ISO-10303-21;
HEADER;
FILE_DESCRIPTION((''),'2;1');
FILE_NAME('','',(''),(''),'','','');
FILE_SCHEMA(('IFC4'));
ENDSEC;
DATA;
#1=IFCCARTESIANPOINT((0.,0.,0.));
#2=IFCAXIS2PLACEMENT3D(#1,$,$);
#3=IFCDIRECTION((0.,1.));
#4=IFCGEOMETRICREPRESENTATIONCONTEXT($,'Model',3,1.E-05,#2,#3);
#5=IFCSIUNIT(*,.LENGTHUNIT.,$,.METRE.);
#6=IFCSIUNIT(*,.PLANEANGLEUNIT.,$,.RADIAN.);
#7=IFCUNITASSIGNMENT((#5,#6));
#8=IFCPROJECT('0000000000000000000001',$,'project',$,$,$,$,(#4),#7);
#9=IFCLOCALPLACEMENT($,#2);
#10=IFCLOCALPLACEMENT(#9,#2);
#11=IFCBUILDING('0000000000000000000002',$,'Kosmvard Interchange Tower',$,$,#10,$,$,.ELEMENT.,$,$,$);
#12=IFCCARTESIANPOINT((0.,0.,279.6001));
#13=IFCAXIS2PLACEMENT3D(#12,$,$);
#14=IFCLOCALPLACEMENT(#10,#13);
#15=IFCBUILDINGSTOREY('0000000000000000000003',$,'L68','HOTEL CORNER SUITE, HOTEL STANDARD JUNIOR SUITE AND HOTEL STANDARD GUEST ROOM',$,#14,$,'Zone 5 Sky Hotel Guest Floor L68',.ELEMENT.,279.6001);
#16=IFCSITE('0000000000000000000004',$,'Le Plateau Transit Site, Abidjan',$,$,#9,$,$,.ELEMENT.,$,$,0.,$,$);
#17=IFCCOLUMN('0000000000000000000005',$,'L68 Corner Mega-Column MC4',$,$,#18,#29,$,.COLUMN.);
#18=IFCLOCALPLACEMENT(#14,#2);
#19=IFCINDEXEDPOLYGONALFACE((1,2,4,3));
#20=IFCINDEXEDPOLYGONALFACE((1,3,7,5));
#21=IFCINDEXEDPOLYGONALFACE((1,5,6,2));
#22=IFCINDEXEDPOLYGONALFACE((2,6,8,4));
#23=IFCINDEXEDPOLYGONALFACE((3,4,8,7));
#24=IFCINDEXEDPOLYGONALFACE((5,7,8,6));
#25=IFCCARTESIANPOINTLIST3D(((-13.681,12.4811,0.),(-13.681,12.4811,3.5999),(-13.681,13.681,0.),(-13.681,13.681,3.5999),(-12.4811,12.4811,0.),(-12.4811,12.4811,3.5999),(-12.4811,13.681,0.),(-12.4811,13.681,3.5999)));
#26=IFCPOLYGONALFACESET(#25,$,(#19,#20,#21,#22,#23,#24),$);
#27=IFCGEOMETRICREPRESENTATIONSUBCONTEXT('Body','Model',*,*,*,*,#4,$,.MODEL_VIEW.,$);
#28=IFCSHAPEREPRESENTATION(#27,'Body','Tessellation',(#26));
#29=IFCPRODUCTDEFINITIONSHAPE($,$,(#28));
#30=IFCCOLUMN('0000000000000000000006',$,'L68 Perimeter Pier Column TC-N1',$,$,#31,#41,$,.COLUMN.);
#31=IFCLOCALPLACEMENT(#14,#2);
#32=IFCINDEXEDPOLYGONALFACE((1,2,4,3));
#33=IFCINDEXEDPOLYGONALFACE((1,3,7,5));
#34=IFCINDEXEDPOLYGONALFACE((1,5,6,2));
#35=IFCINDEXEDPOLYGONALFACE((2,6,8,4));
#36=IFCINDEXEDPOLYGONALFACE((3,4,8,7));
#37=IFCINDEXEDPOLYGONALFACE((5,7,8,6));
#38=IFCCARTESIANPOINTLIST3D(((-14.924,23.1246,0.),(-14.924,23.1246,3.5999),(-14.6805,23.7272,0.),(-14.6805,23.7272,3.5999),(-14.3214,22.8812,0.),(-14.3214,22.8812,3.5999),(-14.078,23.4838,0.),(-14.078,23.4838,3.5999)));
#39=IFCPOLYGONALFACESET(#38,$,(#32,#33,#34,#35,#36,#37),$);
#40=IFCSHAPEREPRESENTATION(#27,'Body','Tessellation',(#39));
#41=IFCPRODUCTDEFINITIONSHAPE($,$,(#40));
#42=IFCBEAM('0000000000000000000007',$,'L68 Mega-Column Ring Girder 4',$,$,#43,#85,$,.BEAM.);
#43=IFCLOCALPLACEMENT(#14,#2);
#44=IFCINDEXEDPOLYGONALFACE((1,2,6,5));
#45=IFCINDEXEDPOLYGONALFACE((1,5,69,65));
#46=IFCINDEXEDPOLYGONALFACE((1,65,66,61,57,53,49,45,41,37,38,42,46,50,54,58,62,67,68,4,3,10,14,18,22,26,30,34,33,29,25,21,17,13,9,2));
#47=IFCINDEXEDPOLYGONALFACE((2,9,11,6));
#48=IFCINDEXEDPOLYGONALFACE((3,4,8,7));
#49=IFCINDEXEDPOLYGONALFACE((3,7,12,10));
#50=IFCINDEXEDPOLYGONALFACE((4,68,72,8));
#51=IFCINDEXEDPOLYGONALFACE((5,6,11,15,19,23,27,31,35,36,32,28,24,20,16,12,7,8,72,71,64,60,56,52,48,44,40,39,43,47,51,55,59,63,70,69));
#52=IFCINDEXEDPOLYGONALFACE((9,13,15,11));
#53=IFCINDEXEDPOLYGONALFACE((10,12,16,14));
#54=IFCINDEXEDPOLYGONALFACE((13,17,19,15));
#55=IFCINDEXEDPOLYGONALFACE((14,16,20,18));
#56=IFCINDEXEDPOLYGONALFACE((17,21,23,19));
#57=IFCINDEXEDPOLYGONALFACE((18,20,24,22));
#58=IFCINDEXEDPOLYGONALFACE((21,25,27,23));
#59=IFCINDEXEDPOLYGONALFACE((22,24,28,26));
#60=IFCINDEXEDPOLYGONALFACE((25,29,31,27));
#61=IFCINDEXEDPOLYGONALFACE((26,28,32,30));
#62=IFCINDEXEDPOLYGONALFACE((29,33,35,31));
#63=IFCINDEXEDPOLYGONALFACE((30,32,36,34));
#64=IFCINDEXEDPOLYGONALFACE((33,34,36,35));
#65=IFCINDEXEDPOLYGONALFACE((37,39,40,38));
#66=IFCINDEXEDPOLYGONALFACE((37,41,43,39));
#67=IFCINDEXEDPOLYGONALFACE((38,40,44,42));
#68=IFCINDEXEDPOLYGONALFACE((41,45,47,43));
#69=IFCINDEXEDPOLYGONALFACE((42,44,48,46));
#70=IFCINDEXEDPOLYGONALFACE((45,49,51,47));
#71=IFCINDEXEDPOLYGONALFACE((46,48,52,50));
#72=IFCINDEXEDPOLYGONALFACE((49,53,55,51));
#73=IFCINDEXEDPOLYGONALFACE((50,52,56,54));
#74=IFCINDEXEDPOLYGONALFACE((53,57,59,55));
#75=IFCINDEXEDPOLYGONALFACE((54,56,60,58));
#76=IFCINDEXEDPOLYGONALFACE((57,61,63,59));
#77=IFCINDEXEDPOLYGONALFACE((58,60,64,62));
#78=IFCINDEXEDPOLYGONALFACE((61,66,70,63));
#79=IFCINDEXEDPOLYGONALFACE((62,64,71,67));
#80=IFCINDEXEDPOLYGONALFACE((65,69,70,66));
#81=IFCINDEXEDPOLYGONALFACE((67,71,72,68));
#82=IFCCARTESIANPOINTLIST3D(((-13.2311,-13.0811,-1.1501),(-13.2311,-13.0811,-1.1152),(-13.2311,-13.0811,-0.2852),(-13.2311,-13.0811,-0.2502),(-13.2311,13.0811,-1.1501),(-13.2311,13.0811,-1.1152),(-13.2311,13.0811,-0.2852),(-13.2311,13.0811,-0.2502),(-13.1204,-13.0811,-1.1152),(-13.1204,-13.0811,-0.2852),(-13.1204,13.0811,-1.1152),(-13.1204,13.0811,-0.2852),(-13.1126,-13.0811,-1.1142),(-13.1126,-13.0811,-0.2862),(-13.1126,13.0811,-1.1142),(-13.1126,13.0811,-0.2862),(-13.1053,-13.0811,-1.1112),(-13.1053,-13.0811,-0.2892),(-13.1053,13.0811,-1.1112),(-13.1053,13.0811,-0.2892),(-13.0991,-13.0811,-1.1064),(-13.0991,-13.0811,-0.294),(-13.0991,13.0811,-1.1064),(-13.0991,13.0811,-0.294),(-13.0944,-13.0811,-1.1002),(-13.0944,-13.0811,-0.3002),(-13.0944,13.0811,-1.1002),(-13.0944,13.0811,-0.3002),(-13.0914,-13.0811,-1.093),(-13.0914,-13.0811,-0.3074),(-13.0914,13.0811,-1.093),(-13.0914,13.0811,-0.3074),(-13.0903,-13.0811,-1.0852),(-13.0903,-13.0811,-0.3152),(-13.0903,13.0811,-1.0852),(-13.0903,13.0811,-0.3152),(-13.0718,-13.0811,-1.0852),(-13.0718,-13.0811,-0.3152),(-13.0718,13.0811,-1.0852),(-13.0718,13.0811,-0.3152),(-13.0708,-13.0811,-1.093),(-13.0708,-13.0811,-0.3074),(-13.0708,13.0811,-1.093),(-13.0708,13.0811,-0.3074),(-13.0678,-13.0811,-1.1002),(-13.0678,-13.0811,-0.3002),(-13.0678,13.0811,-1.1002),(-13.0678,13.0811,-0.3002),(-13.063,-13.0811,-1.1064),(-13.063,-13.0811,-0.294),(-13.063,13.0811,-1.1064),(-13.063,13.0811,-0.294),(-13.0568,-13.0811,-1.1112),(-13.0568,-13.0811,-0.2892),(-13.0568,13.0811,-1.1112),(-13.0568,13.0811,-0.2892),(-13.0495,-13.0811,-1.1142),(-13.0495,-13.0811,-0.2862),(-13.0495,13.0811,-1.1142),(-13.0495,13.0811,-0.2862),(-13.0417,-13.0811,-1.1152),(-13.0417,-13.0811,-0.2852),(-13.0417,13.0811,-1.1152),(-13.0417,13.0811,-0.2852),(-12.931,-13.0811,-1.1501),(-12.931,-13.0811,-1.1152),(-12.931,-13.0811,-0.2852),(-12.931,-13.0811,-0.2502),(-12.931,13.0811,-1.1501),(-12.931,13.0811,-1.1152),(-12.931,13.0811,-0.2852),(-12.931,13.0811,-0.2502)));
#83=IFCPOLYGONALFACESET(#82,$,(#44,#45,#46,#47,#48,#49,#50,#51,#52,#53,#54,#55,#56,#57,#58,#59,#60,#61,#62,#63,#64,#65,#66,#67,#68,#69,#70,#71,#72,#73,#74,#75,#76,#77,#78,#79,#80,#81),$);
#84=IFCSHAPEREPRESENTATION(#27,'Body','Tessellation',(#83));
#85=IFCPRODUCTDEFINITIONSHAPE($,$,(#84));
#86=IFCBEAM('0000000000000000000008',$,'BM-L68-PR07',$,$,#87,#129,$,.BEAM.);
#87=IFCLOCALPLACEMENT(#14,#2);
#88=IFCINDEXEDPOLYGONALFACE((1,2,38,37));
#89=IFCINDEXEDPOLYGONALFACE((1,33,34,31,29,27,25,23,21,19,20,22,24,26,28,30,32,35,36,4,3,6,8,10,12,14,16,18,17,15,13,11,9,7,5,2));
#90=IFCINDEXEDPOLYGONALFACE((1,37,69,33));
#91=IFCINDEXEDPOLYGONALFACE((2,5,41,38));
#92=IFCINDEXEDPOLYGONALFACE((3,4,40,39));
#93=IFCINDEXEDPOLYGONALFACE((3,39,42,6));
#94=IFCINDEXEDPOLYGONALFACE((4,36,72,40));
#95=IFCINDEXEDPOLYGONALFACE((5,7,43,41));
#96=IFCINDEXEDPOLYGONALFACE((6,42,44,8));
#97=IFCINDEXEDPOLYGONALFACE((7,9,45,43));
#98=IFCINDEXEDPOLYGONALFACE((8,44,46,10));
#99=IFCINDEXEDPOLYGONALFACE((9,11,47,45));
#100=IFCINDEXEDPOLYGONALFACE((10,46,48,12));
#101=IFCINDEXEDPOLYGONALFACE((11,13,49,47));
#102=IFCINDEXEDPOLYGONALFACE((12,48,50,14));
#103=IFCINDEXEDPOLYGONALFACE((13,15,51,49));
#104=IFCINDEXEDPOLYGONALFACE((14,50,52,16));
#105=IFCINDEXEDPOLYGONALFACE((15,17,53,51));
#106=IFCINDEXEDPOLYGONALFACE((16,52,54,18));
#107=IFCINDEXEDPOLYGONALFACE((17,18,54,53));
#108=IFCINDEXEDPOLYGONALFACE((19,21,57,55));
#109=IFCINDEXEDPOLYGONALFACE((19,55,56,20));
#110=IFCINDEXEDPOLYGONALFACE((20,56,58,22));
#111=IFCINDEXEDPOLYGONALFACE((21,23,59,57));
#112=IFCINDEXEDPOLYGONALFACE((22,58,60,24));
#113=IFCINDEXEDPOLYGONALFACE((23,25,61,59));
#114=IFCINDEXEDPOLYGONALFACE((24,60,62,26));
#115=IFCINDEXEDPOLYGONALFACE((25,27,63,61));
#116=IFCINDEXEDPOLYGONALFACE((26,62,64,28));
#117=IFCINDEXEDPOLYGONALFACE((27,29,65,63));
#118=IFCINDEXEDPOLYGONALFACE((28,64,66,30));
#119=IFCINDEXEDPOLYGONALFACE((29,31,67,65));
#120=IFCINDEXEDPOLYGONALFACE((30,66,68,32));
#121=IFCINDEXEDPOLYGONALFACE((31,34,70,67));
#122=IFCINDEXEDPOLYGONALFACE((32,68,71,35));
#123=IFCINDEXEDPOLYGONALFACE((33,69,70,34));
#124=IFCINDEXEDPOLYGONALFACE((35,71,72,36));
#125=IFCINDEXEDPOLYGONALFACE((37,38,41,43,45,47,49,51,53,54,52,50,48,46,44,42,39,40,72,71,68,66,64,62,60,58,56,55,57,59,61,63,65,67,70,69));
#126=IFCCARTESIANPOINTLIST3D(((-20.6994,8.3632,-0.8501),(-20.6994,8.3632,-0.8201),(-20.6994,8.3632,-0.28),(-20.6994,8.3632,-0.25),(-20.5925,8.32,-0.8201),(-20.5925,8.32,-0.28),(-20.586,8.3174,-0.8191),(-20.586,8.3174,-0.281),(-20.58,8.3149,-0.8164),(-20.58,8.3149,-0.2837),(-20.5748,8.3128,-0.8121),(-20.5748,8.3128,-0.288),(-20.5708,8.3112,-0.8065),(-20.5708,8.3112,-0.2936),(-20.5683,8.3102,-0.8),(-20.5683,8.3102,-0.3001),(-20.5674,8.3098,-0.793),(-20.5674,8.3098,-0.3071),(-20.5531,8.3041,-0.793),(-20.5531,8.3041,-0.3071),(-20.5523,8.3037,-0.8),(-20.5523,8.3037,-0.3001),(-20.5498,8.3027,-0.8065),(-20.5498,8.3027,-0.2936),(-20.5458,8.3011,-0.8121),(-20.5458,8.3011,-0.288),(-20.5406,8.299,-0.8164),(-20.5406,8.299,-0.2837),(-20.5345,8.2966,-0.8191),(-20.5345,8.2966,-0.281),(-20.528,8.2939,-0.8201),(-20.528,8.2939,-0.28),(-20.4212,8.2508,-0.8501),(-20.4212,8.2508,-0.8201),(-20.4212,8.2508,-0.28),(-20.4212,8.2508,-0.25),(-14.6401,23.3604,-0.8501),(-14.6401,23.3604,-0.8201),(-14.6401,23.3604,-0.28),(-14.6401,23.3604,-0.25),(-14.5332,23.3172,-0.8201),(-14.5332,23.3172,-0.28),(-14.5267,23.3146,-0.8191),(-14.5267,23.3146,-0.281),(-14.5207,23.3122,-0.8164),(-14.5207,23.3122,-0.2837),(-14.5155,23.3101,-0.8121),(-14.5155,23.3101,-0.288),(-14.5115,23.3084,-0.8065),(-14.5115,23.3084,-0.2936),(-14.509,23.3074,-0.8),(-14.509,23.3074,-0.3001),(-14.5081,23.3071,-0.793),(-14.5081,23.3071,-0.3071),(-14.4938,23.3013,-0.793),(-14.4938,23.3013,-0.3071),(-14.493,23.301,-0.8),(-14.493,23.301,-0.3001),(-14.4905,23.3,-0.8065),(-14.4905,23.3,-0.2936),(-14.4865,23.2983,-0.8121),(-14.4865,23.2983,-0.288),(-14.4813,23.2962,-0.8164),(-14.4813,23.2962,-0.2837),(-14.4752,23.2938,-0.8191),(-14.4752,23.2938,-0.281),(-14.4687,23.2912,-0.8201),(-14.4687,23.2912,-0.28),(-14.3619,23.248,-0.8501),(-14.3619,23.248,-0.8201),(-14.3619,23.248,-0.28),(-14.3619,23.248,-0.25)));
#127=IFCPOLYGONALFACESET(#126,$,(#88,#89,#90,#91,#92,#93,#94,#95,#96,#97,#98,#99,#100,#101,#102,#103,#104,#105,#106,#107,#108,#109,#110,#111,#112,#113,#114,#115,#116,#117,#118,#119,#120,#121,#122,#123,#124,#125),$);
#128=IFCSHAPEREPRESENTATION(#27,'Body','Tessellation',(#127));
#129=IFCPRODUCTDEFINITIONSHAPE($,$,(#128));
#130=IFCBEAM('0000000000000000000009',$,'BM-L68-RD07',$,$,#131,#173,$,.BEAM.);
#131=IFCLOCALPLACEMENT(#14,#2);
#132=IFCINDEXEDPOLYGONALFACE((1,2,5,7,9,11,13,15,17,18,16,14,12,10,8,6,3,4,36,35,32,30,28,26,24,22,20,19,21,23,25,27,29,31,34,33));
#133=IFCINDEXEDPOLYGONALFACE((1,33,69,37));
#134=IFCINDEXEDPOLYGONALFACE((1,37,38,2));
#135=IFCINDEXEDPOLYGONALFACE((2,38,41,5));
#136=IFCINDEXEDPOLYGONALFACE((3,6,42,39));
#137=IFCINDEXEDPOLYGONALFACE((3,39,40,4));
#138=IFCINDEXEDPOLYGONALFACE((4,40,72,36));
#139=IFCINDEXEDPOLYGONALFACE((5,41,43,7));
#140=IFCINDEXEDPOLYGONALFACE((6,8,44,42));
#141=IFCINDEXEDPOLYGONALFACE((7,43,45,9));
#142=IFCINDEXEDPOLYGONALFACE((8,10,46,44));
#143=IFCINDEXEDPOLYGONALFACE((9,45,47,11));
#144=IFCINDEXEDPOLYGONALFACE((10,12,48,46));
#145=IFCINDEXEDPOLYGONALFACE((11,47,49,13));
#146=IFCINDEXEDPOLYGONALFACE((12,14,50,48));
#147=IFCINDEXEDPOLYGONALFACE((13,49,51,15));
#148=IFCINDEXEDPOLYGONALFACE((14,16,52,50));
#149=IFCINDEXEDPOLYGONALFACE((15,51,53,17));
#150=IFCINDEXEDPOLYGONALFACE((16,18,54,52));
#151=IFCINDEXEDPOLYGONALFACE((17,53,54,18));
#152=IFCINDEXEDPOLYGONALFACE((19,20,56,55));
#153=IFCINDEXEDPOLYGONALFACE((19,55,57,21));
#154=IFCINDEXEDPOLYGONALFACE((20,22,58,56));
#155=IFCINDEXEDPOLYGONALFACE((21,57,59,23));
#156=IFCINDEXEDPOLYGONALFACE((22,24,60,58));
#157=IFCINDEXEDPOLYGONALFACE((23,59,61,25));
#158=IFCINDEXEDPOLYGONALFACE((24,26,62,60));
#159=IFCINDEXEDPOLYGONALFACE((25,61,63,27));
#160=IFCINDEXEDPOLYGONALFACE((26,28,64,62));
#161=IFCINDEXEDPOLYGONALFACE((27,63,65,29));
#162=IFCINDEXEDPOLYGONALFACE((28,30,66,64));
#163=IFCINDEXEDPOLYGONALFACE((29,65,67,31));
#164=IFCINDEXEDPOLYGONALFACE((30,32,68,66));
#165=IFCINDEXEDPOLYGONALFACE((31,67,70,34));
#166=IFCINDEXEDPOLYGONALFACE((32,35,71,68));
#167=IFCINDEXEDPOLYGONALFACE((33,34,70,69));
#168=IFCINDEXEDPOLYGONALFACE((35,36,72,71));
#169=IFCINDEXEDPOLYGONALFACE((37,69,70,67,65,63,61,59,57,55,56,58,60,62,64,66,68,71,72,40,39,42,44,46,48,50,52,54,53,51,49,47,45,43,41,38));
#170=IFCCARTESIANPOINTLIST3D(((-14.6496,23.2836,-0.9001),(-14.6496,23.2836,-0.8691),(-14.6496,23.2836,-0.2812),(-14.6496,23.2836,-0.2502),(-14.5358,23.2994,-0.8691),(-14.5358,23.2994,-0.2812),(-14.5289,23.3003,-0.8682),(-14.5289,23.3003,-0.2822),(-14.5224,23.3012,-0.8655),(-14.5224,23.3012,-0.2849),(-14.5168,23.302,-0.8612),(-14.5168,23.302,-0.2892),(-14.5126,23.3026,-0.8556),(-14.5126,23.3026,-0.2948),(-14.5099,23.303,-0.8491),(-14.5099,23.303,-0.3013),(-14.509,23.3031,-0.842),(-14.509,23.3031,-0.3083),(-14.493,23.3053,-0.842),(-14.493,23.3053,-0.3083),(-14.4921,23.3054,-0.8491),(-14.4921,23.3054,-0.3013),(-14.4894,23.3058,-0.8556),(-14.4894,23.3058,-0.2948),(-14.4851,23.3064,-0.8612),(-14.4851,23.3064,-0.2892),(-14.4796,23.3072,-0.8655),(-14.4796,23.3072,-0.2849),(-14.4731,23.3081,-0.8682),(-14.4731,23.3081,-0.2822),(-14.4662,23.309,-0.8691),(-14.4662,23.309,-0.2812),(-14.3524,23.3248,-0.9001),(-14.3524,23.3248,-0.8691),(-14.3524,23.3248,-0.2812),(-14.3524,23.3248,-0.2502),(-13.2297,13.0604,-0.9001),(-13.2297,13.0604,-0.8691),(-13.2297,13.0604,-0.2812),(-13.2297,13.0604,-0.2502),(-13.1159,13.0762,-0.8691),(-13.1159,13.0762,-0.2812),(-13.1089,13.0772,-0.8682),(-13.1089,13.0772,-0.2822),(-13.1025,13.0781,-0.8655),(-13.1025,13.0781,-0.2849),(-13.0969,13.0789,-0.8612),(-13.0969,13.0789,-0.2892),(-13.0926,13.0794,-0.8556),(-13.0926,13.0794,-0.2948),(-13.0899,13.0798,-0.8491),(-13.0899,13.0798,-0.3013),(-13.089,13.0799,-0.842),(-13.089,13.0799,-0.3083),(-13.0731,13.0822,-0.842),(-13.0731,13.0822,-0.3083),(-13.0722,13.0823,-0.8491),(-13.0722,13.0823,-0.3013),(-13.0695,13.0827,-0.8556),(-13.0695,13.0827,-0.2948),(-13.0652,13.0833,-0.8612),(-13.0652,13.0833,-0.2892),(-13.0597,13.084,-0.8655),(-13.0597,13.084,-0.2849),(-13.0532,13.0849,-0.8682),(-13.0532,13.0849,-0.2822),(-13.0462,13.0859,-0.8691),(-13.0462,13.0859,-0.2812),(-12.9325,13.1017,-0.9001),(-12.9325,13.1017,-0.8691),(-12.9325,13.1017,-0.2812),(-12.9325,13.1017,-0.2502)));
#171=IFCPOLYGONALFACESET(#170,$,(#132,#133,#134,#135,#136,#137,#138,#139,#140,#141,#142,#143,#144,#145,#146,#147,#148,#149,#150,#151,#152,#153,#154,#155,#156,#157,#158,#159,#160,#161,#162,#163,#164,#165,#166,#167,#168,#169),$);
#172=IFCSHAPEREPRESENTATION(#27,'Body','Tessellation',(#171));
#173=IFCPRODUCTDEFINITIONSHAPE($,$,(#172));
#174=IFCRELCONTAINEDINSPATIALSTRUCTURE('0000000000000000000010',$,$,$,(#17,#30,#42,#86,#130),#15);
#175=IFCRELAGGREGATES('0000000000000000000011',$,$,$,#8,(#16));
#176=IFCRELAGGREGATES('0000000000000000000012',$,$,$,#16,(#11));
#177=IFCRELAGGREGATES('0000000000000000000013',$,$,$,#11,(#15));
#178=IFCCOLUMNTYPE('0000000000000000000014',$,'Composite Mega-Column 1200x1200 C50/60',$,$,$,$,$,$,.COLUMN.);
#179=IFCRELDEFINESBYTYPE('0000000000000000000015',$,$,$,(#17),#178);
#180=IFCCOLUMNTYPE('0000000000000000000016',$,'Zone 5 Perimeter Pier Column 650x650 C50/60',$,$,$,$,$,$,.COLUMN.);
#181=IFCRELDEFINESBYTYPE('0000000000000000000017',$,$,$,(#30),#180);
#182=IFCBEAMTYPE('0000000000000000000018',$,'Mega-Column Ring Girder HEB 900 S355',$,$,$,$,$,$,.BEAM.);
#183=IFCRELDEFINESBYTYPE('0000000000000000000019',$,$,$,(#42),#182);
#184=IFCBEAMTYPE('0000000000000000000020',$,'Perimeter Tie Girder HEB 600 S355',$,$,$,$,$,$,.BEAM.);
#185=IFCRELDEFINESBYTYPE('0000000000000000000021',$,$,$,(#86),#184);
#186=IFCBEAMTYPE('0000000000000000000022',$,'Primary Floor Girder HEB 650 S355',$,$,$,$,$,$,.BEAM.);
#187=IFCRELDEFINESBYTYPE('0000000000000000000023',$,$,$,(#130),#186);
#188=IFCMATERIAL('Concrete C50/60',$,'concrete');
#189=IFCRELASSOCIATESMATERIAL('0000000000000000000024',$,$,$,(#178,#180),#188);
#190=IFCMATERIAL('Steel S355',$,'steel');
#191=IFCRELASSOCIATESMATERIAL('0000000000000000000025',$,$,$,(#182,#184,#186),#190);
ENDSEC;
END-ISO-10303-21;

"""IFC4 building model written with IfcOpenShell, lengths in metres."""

from ifc_helpers import new_model, si_unit, direction, frame, origin, origin_2d, place, context, subcontext, project, spatial, rectangle, i_section, extrude, source, transform, mapped, material, material_profile, profile_set, type_object, element, save


model = new_model("IFC4")

# Units and contexts
model_context = context("Model", 3, precision=1e-05, world=origin(), true_north=direction((0.0, 1.0)))
body_context = subcontext(model_context, "Body", "Model", "MODEL_VIEW")
ifc_project = project(units=[si_unit("LENGTHUNIT", "METRE"), si_unit("PLANEANGLEUNIT", "RADIAN")], contexts=[model_context])

# Site, building, storey
site_placement = place(None, origin())
site = spatial("IfcSite", under=ifc_project, at=site_placement, Name="Le Plateau Transit Site, Abidjan", CompositionType="ELEMENT", RefElevation=0.0)
building_placement = place(site_placement, origin())
building = spatial("IfcBuilding", under=site, at=building_placement, Name="Kosmvard Interchange Tower", CompositionType="ELEMENT")
storey_placement = place(building_placement, frame((0.0, 0.0, 279.6001)))
storey = spatial("IfcBuildingStorey", under=building, at=storey_placement, Name="L68", Description="HOTEL CORNER SUITE, HOTEL STANDARD JUNIOR SUITE AND HOTEL STANDARD GUEST ROOM", LongName="Zone 5 Sky Hotel Guest Floor L68", CompositionType="ELEMENT", Elevation=279.6001)

# Columns
ifc_material_1 = material(Name="Concrete C50/60", Category="concrete")
ifc_material_profile_1 = material_profile(ifc_material_1, rectangle(XDim=1.2, YDim=1.2, at=origin_2d()), Name="MC 1200x1200")
ifc_profile_set_1 = profile_set([ifc_material_profile_1], Name="Concrete C50/60")
column_type_1 = type_object("IfcColumnType", Name="Composite Mega-Column 1200x1200 C50/60", PredefinedType="COLUMN", material=ifc_profile_set_1)
shared_shape_1 = source(origin(), body_context, "Body", "SweptSolid", [
    extrude(rectangle(XDim=1.2, YDim=1.2, at=origin_2d()), origin(), (0.0, 0.0, 1.0), 3.5999),
])
column_1_placement = place(storey_placement, frame((-13.0811, 13.0811, 0.0), z_axis=(0.0, 0.0, 1.0), x_axis=(1.0, 0.0, 0.0)))
element("IfcColumn", 1, at=column_1_placement, inside=storey, type_object=column_type_1, Name="L68 Corner Mega-Column MC4", PredefinedType="COLUMN", context=body_context, shape_type="MappedRepresentation", body=[
    mapped(shared_shape_1, transform((0.0, 0.0, 0.0), scale=1.0)),
])
ifc_material_profile_2 = material_profile(ifc_material_1, rectangle(XDim=0.6499, YDim=0.6499, at=origin_2d()), Name="TC 650x650")
ifc_profile_set_2 = profile_set([ifc_material_profile_2], Name="Concrete C50/60")
column_type_2 = type_object("IfcColumnType", Name="Zone 5 Perimeter Pier Column 650x650 C50/60", PredefinedType="COLUMN", material=ifc_profile_set_2)
shared_shape_2 = source(origin(), body_context, "Body", "SweptSolid", [
    extrude(rectangle(XDim=0.6499, YDim=0.6499, at=origin_2d()), origin(), (0.0, 0.0, 1.0), 3.5999),
])
column_2_placement = place(storey_placement, frame((-14.501, 23.3042, 0.0), z_axis=(0.0, 0.0, 1.0), x_axis=(0.374607, 0.927184, 0.0)))
element("IfcColumn", 2, at=column_2_placement, inside=storey, type_object=column_type_2, Name="L68 Perimeter Pier Column TC-N1", PredefinedType="COLUMN", context=body_context, shape_type="MappedRepresentation", body=[
    mapped(shared_shape_2, transform((0.0, 0.0, 0.0), scale=1.0)),
])

# Beams
ifc_material_2 = material(Name="Steel S355", Category="steel")
ifc_material_profile_3 = material_profile(ifc_material_2, i_section(OverallWidth=0.3, OverallDepth=0.8999, WebThickness=0.0186, FlangeThickness=0.0349, FilletRadius=0.03, at=origin_2d()), Name="HEB 900")
ifc_profile_set_3 = profile_set([ifc_material_profile_3], Name="Steel S355")
beam_type_1 = type_object("IfcBeamType", Name="Mega-Column Ring Girder HEB 900 S355", PredefinedType="BEAM", material=ifc_profile_set_3)
shared_shape_3 = source(origin(), body_context, "Body", "SweptSolid", [
    extrude(i_section(OverallWidth=0.3, OverallDepth=0.8999, WebThickness=0.0186, FlangeThickness=0.0349, FilletRadius=0.03, at=origin_2d()), origin(), (0.0, 0.0, 1.0), 26.1621),
])
beam_1_placement = place(storey_placement, frame((-13.0811, 13.0811, -0.7002), z_axis=(0.0, -1.0, 0.0), x_axis=(1.0, 0.0, 0.0)))
element("IfcBeam", 3, at=beam_1_placement, inside=storey, type_object=beam_type_1, Name="L68 Mega-Column Ring Girder 4", PredefinedType="BEAM", context=body_context, shape_type="MappedRepresentation", body=[
    mapped(shared_shape_3, transform((0.0, 0.0, 0.0), scale=1.0)),
])
ifc_material_profile_4 = material_profile(ifc_material_2, i_section(OverallWidth=0.3, OverallDepth=0.6001, WebThickness=0.0154, FlangeThickness=0.03, FilletRadius=0.0271, at=origin_2d()), Name="HEB 600")
ifc_profile_set_4 = profile_set([ifc_material_profile_4], Name="Steel S355")
beam_type_2 = type_object("IfcBeamType", Name="Perimeter Tie Girder HEB 600 S355", PredefinedType="BEAM", material=ifc_profile_set_4)
shared_shape_4 = source(origin(), body_context, "Body", "SweptSolid", [
    extrude(i_section(OverallWidth=0.3, OverallDepth=0.6001, WebThickness=0.0154, FlangeThickness=0.03, FilletRadius=0.0271, at=origin_2d()), origin(), (0.0, 0.0, 1.0), 16.175),
])
beam_2_placement = place(storey_placement, frame((-14.501, 23.3042, -0.55), z_axis=(-0.374608, -0.927183, 0.0), x_axis=(0.927183, -0.374608, 0.0)))
element("IfcBeam", 4, at=beam_2_placement, inside=storey, type_object=beam_type_2, Name="BM-L68-PR07", PredefinedType="BEAM", context=body_context, shape_type="MappedRepresentation", body=[
    mapped(shared_shape_4, transform((0.0, 0.0, 0.0), scale=1.0)),
])
ifc_material_profile_5 = material_profile(ifc_material_2, i_section(OverallWidth=0.3, OverallDepth=0.6499, WebThickness=0.0161, FlangeThickness=0.031, FilletRadius=0.0271, at=origin_2d()), Name="HEB 650")
ifc_profile_set_5 = profile_set([ifc_material_profile_5], Name="Steel S355")
beam_type_3 = type_object("IfcBeamType", Name="Primary Floor Girder HEB 650 S355", PredefinedType="BEAM", material=ifc_profile_set_5)
shared_shape_5 = source(origin(), body_context, "Body", "SweptSolid", [
    extrude(i_section(OverallWidth=0.3, OverallDepth=0.6499, WebThickness=0.0161, FlangeThickness=0.031, FilletRadius=0.0271, at=origin_2d()), origin(), (0.0, 0.0, 1.0), 10.3213),
])
beam_3_placement = place(storey_placement, frame((-13.0811, 13.0811, -0.5752), z_axis=(-0.137572, 0.990492, 0.0), x_axis=(-0.990492, -0.137572, 0.0)))
element("IfcBeam", 5, at=beam_3_placement, inside=storey, type_object=beam_type_3, Name="BM-L68-RD07", PredefinedType="BEAM", context=body_context, shape_type="MappedRepresentation", body=[
    mapped(shared_shape_5, transform((0.0, 0.0, 0.0), scale=1.0)),
])

save(model, "model.ifc")
